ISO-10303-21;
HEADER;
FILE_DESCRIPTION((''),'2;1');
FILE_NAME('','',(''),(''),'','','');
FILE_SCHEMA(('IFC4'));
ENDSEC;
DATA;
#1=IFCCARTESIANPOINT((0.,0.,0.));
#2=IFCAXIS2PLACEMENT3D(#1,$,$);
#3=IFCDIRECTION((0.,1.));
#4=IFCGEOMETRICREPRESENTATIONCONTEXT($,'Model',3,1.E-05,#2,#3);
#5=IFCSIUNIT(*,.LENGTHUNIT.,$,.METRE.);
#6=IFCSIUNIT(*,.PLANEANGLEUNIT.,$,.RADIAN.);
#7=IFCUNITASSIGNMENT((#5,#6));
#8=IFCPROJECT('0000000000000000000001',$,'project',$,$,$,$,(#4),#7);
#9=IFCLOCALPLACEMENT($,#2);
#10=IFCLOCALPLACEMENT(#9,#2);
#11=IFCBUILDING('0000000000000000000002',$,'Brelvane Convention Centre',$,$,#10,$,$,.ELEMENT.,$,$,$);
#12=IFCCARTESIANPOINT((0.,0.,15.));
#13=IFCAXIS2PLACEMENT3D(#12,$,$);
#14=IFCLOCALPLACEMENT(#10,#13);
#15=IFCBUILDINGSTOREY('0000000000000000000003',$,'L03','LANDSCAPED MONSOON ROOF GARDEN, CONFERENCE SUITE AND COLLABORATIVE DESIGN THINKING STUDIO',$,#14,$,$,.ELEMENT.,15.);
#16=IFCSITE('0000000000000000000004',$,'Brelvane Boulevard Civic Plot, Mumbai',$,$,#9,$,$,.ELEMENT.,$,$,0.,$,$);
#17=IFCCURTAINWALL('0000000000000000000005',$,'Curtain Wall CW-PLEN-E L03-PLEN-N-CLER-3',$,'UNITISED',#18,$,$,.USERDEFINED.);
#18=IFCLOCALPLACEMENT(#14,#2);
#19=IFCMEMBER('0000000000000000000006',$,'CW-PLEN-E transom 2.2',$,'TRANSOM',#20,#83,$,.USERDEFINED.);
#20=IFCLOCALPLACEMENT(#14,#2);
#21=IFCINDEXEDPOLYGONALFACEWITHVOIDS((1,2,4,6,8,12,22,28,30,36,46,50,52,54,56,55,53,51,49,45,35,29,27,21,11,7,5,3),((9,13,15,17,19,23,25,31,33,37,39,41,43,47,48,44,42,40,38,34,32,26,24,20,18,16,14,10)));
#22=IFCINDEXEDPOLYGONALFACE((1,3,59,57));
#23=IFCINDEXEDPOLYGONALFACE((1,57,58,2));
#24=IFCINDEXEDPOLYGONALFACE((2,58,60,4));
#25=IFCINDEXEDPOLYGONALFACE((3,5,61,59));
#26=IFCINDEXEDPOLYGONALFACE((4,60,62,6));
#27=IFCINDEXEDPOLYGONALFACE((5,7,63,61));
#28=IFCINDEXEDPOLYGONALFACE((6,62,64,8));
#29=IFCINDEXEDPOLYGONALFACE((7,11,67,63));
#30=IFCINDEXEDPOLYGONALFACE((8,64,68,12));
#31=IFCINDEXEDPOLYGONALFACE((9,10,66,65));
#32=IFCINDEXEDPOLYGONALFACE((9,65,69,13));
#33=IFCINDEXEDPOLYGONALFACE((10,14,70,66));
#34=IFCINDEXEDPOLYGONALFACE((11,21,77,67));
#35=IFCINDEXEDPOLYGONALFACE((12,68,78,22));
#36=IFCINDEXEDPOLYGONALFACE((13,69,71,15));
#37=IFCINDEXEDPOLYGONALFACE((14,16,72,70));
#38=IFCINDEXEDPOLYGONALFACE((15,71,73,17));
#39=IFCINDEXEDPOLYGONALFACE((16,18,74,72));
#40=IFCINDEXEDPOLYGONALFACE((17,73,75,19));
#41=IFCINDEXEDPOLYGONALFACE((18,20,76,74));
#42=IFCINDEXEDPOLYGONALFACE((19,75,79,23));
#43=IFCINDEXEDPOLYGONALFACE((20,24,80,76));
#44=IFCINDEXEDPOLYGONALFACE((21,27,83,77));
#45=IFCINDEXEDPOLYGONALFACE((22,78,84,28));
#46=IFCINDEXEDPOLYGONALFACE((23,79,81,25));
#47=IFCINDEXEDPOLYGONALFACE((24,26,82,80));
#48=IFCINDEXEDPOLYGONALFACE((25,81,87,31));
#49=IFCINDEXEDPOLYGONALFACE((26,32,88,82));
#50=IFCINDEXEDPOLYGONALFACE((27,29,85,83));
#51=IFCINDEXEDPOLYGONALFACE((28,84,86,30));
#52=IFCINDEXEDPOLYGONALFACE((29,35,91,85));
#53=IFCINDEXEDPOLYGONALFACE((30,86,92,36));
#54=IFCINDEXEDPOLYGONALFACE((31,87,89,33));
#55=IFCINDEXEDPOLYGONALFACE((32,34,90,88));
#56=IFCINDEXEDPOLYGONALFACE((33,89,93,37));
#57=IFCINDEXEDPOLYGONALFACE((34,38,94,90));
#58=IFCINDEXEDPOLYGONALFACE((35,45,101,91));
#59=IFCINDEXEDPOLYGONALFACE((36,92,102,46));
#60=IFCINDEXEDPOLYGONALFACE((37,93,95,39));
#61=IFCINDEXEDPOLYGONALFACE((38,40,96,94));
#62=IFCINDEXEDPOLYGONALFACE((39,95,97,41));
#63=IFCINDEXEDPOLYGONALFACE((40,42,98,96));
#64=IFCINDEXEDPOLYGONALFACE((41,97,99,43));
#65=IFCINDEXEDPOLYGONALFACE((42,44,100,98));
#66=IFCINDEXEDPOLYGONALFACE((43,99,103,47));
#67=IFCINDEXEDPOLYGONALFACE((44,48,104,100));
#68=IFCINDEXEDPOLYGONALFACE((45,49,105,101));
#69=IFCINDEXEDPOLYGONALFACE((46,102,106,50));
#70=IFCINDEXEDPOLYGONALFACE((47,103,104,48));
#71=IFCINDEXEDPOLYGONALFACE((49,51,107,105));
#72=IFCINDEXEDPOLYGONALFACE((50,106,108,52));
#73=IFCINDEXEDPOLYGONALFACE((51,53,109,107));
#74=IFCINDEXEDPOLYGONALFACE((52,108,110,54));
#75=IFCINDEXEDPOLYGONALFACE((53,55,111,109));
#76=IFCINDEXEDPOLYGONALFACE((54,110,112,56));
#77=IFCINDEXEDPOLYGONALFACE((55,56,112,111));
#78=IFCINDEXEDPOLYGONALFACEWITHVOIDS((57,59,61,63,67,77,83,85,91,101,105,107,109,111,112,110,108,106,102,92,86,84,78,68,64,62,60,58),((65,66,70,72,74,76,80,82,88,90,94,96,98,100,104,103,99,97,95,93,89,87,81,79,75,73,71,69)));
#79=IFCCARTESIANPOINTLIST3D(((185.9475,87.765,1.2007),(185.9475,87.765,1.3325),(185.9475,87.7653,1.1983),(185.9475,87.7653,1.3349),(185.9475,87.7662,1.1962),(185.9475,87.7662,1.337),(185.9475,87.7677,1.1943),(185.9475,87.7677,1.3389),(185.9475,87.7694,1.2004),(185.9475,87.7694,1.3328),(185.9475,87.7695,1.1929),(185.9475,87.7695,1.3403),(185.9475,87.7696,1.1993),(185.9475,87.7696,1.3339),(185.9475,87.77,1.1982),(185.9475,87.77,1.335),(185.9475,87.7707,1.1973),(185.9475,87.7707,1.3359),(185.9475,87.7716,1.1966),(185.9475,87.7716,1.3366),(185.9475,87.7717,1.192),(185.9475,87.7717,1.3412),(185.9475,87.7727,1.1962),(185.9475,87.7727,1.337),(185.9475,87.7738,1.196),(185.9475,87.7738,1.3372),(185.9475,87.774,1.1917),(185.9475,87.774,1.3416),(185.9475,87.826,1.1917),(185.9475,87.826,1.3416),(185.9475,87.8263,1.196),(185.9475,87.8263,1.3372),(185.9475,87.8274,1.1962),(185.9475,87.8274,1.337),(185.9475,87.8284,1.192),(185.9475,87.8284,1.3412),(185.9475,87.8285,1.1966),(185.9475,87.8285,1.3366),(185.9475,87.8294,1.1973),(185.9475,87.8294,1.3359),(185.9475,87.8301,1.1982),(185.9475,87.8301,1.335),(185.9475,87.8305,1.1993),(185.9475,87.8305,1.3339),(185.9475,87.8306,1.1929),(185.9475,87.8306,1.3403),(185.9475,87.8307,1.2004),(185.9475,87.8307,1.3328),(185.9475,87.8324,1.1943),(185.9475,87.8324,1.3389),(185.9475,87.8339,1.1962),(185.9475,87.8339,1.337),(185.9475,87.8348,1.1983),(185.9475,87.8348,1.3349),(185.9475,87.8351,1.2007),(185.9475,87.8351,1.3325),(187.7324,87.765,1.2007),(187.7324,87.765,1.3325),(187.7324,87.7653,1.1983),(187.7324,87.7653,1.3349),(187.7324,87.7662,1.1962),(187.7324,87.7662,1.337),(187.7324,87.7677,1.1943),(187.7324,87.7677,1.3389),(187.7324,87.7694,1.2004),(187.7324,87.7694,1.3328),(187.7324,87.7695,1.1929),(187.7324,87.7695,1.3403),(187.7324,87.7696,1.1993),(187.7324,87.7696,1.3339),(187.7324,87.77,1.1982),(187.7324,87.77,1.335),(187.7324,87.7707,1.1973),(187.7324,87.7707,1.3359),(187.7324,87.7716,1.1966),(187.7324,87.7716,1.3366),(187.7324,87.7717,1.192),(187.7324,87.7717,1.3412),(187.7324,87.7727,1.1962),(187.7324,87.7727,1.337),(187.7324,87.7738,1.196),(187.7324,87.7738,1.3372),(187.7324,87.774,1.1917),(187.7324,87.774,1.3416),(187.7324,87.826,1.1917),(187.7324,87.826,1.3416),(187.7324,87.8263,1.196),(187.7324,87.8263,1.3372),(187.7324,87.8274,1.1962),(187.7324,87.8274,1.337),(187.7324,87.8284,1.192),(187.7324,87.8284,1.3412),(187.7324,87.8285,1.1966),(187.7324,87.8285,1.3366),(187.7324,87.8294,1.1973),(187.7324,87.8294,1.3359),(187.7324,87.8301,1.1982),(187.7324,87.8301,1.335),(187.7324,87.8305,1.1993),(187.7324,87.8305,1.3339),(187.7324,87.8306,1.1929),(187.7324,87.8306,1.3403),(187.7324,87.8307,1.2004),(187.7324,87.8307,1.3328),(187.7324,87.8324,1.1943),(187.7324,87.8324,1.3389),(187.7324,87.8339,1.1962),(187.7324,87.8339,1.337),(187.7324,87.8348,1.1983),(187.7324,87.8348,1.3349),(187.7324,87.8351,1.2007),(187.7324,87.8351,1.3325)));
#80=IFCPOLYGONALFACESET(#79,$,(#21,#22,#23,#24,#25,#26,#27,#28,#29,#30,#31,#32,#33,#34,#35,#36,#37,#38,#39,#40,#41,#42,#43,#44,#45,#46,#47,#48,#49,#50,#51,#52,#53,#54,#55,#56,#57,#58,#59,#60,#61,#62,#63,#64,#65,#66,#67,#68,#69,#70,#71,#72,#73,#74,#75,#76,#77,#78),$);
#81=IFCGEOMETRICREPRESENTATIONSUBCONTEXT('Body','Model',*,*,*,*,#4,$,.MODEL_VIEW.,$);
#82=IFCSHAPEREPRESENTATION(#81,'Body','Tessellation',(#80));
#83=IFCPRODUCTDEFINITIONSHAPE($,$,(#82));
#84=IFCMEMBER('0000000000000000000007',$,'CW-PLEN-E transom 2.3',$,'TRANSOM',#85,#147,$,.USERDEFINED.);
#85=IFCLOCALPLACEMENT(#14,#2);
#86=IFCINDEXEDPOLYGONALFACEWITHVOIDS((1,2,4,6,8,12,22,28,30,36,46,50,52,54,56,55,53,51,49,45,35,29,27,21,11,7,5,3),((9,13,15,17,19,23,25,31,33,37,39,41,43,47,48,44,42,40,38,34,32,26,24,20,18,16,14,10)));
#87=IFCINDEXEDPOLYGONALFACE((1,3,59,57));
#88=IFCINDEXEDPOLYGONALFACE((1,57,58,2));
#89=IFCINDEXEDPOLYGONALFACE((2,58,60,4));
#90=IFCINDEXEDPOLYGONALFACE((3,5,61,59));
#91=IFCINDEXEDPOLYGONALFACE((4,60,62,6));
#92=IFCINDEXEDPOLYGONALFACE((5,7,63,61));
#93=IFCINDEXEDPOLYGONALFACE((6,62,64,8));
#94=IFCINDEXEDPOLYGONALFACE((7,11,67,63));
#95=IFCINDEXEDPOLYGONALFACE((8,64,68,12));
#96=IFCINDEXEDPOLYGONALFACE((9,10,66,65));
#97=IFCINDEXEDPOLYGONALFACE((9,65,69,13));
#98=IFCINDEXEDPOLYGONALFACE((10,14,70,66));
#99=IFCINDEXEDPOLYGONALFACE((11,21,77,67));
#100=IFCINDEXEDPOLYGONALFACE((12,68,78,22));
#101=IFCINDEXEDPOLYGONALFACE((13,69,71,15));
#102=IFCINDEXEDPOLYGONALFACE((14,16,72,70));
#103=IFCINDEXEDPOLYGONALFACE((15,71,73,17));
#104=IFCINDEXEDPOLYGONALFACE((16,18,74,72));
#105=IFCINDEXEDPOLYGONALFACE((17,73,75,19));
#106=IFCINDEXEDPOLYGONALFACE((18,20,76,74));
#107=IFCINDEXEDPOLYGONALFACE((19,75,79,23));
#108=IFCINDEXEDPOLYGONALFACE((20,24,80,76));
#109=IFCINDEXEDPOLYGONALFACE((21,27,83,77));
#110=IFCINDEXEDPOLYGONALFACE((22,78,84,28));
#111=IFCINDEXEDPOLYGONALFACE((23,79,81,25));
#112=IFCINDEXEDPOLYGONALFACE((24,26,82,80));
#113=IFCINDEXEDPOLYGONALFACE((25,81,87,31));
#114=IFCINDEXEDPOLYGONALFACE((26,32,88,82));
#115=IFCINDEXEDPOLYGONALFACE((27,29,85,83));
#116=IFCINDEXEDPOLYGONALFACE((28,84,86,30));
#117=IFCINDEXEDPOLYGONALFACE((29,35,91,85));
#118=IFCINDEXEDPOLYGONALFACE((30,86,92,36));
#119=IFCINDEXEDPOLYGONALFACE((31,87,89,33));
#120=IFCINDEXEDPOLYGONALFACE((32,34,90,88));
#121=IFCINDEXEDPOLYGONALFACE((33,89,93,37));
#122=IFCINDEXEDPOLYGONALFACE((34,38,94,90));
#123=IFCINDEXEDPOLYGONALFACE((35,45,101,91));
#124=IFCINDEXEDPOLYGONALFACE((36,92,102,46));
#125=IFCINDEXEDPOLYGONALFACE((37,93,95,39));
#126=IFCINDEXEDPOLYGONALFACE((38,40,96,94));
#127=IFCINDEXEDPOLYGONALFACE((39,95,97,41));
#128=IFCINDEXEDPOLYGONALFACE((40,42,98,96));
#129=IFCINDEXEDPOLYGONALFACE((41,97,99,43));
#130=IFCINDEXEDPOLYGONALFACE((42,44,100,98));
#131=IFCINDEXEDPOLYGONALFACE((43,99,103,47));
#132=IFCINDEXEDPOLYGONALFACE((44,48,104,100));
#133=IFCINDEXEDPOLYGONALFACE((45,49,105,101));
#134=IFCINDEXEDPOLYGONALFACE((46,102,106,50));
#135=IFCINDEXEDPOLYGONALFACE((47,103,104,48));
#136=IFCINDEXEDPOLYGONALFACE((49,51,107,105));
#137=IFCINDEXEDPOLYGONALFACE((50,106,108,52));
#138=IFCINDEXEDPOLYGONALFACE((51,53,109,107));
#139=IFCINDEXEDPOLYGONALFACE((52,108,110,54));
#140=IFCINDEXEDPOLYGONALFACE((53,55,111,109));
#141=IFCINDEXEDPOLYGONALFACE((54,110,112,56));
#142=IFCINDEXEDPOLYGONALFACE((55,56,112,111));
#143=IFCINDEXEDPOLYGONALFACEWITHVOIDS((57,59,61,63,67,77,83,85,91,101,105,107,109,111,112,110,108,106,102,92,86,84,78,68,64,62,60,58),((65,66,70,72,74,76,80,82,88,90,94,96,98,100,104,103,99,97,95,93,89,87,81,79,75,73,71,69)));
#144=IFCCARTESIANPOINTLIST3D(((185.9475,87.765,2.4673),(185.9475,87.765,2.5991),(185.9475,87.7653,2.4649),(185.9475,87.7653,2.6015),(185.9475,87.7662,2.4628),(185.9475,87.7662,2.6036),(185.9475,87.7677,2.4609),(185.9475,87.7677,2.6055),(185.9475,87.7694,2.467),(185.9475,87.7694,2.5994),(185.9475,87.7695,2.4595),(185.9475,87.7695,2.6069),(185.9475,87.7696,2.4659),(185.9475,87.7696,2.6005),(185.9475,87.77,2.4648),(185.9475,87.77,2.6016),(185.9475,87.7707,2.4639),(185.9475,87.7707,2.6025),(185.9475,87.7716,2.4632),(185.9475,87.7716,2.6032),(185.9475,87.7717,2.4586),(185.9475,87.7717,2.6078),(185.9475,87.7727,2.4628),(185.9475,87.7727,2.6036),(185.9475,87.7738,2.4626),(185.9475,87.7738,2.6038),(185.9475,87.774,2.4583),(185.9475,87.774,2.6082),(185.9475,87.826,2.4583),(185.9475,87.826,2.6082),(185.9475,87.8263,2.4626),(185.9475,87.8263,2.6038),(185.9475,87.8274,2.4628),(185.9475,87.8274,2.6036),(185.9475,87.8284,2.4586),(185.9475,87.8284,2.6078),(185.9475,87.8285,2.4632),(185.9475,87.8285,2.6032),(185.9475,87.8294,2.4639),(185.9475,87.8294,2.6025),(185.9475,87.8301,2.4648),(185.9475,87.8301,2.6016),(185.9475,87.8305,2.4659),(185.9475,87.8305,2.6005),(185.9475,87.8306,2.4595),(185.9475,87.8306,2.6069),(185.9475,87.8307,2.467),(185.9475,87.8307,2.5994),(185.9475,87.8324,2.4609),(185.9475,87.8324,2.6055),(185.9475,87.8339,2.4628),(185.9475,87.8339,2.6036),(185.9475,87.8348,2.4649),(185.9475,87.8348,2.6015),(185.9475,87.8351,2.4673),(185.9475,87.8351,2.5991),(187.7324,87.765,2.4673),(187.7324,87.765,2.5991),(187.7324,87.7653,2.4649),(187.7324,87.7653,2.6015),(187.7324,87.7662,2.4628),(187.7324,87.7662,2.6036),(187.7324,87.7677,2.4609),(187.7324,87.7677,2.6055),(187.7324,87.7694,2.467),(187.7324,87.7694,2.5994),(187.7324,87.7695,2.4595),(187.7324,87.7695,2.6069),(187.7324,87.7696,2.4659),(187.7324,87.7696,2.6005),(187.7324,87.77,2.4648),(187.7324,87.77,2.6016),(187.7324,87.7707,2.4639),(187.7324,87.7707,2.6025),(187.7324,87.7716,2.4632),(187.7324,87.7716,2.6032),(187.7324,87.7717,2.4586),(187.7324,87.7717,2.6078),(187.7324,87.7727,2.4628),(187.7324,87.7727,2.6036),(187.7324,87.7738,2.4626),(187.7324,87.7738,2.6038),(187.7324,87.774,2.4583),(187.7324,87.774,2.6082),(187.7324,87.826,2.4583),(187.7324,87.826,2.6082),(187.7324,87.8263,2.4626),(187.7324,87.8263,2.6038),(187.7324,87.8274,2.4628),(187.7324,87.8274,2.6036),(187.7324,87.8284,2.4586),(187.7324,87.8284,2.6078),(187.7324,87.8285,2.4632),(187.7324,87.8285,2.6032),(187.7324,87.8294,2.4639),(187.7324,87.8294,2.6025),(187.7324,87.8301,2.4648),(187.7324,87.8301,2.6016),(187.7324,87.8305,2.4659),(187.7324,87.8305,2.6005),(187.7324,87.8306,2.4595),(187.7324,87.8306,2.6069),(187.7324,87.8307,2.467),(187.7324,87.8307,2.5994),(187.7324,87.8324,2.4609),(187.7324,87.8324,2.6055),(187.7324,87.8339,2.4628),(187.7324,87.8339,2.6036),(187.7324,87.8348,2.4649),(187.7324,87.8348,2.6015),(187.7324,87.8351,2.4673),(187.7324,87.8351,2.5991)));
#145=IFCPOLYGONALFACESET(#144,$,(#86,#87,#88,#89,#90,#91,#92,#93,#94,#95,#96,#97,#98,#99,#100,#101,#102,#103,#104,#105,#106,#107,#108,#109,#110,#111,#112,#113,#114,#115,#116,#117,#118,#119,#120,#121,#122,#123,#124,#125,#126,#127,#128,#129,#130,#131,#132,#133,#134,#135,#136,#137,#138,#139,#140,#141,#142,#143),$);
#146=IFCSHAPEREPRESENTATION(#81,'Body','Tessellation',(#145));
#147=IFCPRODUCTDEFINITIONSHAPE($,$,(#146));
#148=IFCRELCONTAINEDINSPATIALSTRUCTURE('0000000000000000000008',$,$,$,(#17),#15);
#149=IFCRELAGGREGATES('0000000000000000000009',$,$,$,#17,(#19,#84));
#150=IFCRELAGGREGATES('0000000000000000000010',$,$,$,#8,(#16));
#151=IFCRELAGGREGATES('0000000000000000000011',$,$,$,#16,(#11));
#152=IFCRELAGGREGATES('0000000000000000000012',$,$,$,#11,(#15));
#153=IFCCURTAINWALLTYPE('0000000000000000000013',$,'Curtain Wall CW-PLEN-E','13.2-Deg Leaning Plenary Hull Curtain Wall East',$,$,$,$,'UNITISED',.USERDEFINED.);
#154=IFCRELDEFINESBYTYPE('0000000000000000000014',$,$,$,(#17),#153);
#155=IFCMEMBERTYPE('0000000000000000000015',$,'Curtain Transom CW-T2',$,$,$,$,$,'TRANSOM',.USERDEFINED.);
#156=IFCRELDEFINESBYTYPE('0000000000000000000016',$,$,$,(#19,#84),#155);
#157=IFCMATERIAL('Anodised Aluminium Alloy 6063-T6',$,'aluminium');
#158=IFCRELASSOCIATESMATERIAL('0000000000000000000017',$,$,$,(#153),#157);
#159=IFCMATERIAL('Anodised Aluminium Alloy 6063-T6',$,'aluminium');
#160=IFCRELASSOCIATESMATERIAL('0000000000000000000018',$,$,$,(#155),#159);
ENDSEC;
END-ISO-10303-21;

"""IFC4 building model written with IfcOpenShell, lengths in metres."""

from ifc_helpers import new_model, si_unit, direction, frame, origin, origin_2d, place, context, subcontext, project, spatial, hollow_rectangle, extrude, material, material_profile, profile_set, type_object, element, aggregate, save


model = new_model("IFC4")

# Units and contexts
model_context = context("Model", 3, precision=1e-05, world=origin(), true_north=direction((0.0, 1.0)))
body_context = subcontext(model_context, "Body", "Model", "MODEL_VIEW")
ifc_project = project(units=[si_unit("LENGTHUNIT", "METRE"), si_unit("PLANEANGLEUNIT", "RADIAN")], contexts=[model_context])

# Site, building, storey
site_placement = place(None, origin())
site = spatial("IfcSite", under=ifc_project, at=site_placement, Name="Brelvane Boulevard Civic Plot, Mumbai", CompositionType="ELEMENT", RefElevation=0.0)
building_placement = place(site_placement, origin())
building = spatial("IfcBuilding", under=site, at=building_placement, Name="Brelvane Convention Centre", CompositionType="ELEMENT")
storey_placement = place(building_placement, frame((0.0, 0.0, 15.0)))
storey = spatial("IfcBuildingStorey", under=building, at=storey_placement, Name="L03", Description="LANDSCAPED MONSOON ROOF GARDEN, CONFERENCE SUITE AND COLLABORATIVE DESIGN THINKING STUDIO", CompositionType="ELEMENT", Elevation=15.0)

# Curtain wall, members
ifc_material_1 = material(Name="Anodised Aluminium Alloy 6063-T6", Category="aluminium")
curtain_wall_type = type_object("IfcCurtainWallType", Name="Curtain Wall CW-PLEN-E", Description="13.2-Deg Leaning Plenary Hull Curtain Wall East", ElementType="UNITISED", PredefinedType="USERDEFINED", material=ifc_material_1)
curtain_wall_placement = place(storey_placement, origin())
curtain_wall = element("IfcCurtainWall", 1, at=curtain_wall_placement, inside=storey, type_object=curtain_wall_type, Name="Curtain Wall CW-PLEN-E L03-PLEN-N-CLER-3", ObjectType="UNITISED", PredefinedType="USERDEFINED")
ifc_material_2 = material(Name="Anodised Aluminium Alloy 6063-T6", Category="aluminium")
ifc_material_profile_1 = material_profile(ifc_material_2, hollow_rectangle(XDim=0.0701, YDim=0.1499, WallThickness=0.0044, InnerFilletRadius=0.0044, OuterFilletRadius=0.009, at=origin_2d()), Name="ALU-T 150x70x4.5")
ifc_profile_set_1 = profile_set([ifc_material_profile_1], Name="Anodised Aluminium Alloy 6063-T6")
member_type_1 = type_object("IfcMemberType", Name="Curtain Transom CW-T2", ElementType="TRANSOM", PredefinedType="USERDEFINED", material=ifc_profile_set_1)
member_1_placement = place(storey_placement, frame((185.9475, 87.8, 1.2666), z_axis=(1.0, 0.0, 0.0), x_axis=(0.0, 1.0, 0.0)))
member_1 = element("IfcMember", 2, at=member_1_placement, type_object=member_type_1, Name="CW-PLEN-E transom 2.2", ObjectType="TRANSOM", PredefinedType="USERDEFINED", context=body_context, shape_type="SweptSolid", body=[
    extrude(hollow_rectangle(XDim=0.0701, YDim=0.1499, WallThickness=0.0044, InnerFilletRadius=0.0044, OuterFilletRadius=0.009, at=origin_2d()), origin(), (0.0, 0.0, 1.0), 1.7849),
])
member_2_placement = place(storey_placement, frame((185.9475, 87.8, 2.5332), z_axis=(1.0, 0.0, 0.0), x_axis=(0.0, 1.0, 0.0)))
member_2 = element("IfcMember", 3, at=member_2_placement, type_object=member_type_1, Name="CW-PLEN-E transom 2.3", ObjectType="TRANSOM", PredefinedType="USERDEFINED", context=body_context, shape_type="SweptSolid", body=[
    extrude(hollow_rectangle(XDim=0.0701, YDim=0.1499, WallThickness=0.0044, InnerFilletRadius=0.0044, OuterFilletRadius=0.009, at=origin_2d()), origin(), (0.0, 0.0, 1.0), 1.7849),
])
aggregate(curtain_wall, [member_1, member_2])

save(model, "model.ifc")
